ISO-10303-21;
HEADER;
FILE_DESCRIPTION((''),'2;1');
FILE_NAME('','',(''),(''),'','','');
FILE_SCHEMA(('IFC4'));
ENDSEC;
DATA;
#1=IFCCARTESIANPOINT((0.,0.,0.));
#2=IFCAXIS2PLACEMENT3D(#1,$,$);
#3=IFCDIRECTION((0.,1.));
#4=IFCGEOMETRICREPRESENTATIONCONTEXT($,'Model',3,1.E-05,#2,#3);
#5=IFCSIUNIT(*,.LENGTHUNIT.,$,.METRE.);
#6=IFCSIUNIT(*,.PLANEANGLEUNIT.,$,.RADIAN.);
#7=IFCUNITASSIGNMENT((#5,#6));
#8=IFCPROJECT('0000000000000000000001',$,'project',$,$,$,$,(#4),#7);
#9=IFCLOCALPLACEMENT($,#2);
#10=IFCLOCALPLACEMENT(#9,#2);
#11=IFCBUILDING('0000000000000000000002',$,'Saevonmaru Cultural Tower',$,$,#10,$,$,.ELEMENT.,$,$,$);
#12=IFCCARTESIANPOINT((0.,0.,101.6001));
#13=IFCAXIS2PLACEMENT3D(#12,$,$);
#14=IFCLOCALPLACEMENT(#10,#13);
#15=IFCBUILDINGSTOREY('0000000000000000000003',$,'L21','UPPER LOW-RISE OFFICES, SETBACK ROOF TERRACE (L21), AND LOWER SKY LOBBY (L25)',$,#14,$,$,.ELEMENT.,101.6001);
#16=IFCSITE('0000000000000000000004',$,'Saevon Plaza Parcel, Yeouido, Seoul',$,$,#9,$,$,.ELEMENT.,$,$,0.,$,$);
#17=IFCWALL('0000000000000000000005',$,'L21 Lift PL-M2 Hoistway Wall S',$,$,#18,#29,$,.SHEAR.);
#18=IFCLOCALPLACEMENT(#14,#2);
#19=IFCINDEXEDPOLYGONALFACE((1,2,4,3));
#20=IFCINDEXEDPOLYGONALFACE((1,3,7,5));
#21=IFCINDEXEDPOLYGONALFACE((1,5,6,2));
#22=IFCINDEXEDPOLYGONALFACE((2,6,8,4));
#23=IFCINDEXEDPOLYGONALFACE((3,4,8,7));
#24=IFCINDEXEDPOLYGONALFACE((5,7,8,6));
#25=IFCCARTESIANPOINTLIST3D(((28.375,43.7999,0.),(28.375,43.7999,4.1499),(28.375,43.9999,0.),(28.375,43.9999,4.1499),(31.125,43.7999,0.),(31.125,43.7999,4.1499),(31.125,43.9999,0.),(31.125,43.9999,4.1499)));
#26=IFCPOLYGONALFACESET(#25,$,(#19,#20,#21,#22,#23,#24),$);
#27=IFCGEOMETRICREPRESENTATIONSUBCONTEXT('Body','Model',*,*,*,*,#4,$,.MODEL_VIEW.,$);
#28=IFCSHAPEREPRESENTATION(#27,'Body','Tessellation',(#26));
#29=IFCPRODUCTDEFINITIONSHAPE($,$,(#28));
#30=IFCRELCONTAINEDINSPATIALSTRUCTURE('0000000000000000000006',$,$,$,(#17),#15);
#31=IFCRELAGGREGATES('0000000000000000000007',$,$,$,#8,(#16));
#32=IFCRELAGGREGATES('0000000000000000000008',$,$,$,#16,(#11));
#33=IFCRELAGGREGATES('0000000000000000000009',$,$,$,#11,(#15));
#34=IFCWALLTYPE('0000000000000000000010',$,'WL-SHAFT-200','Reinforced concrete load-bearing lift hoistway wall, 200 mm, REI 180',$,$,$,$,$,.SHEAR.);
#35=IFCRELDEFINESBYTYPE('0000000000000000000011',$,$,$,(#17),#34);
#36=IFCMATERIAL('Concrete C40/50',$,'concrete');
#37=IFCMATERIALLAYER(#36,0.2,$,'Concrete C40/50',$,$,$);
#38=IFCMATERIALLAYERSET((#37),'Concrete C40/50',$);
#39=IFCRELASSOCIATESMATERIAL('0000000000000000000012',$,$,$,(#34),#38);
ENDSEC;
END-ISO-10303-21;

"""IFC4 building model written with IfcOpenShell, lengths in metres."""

from ifc_helpers import new_model, si_unit, direction, frame, frame_2d, origin, place, context, subcontext, project, spatial, rectangle, extrude, material, layer, layer_set, type_object, element, save


model = new_model("IFC4")

# Units and contexts
model_context = context("Model", 3, precision=1e-05, world=origin(), true_north=direction((0.0, 1.0)))
body_context = subcontext(model_context, "Body", "Model", "MODEL_VIEW")
ifc_project = project(units=[si_unit("LENGTHUNIT", "METRE"), si_unit("PLANEANGLEUNIT", "RADIAN")], contexts=[model_context])

# Site, building, storey
site_placement = place(None, origin())
site = spatial("IfcSite", under=ifc_project, at=site_placement, Name="Saevon Plaza Parcel, Yeouido, Seoul", CompositionType="ELEMENT", RefElevation=0.0)
building_placement = place(site_placement, origin())
building = spatial("IfcBuilding", under=site, at=building_placement, Name="Saevonmaru Cultural Tower", CompositionType="ELEMENT")
storey_placement = place(building_placement, frame((0.0, 0.0, 101.6001)))
storey = spatial("IfcBuildingStorey", under=building, at=storey_placement, Name="L21", Description="UPPER LOW-RISE OFFICES, SETBACK ROOF TERRACE (L21), AND LOWER SKY LOBBY (L25)", CompositionType="ELEMENT", Elevation=101.6001)

# Shared definitions
ifc_material_1 = material(Name="Concrete C40/50", Category="concrete")
ifc_layer_1 = layer(ifc_material_1, 0.2, Name="Concrete C40/50")
ifc_layer_set_1 = layer_set([ifc_layer_1], Name="Concrete C40/50")
wall_type_1 = type_object("IfcWallType", Name="WL-SHAFT-200", Description="Reinforced concrete load-bearing lift hoistway wall, 200 mm, REI 180", PredefinedType="SHEAR", material=ifc_layer_set_1)

# Wall
wall_1_placement = place(storey_placement, frame((28.375, 43.8999, 0.0), z_axis=(0.0, 0.0, 1.0), x_axis=(1.0, 0.0, 0.0)))
element("IfcWall", 1, at=wall_1_placement, inside=storey, type_object=wall_type_1, Name="L21 Lift PL-M2 Hoistway Wall S", PredefinedType="SHEAR", context=body_context, shape_type="SweptSolid", body=[
    extrude(rectangle(XDim=2.75, YDim=0.2, at=frame_2d((1.375, 0.0))), origin(), (0.0, 0.0, 1.0), 4.1499),
])

save(model, "model.ifc")
